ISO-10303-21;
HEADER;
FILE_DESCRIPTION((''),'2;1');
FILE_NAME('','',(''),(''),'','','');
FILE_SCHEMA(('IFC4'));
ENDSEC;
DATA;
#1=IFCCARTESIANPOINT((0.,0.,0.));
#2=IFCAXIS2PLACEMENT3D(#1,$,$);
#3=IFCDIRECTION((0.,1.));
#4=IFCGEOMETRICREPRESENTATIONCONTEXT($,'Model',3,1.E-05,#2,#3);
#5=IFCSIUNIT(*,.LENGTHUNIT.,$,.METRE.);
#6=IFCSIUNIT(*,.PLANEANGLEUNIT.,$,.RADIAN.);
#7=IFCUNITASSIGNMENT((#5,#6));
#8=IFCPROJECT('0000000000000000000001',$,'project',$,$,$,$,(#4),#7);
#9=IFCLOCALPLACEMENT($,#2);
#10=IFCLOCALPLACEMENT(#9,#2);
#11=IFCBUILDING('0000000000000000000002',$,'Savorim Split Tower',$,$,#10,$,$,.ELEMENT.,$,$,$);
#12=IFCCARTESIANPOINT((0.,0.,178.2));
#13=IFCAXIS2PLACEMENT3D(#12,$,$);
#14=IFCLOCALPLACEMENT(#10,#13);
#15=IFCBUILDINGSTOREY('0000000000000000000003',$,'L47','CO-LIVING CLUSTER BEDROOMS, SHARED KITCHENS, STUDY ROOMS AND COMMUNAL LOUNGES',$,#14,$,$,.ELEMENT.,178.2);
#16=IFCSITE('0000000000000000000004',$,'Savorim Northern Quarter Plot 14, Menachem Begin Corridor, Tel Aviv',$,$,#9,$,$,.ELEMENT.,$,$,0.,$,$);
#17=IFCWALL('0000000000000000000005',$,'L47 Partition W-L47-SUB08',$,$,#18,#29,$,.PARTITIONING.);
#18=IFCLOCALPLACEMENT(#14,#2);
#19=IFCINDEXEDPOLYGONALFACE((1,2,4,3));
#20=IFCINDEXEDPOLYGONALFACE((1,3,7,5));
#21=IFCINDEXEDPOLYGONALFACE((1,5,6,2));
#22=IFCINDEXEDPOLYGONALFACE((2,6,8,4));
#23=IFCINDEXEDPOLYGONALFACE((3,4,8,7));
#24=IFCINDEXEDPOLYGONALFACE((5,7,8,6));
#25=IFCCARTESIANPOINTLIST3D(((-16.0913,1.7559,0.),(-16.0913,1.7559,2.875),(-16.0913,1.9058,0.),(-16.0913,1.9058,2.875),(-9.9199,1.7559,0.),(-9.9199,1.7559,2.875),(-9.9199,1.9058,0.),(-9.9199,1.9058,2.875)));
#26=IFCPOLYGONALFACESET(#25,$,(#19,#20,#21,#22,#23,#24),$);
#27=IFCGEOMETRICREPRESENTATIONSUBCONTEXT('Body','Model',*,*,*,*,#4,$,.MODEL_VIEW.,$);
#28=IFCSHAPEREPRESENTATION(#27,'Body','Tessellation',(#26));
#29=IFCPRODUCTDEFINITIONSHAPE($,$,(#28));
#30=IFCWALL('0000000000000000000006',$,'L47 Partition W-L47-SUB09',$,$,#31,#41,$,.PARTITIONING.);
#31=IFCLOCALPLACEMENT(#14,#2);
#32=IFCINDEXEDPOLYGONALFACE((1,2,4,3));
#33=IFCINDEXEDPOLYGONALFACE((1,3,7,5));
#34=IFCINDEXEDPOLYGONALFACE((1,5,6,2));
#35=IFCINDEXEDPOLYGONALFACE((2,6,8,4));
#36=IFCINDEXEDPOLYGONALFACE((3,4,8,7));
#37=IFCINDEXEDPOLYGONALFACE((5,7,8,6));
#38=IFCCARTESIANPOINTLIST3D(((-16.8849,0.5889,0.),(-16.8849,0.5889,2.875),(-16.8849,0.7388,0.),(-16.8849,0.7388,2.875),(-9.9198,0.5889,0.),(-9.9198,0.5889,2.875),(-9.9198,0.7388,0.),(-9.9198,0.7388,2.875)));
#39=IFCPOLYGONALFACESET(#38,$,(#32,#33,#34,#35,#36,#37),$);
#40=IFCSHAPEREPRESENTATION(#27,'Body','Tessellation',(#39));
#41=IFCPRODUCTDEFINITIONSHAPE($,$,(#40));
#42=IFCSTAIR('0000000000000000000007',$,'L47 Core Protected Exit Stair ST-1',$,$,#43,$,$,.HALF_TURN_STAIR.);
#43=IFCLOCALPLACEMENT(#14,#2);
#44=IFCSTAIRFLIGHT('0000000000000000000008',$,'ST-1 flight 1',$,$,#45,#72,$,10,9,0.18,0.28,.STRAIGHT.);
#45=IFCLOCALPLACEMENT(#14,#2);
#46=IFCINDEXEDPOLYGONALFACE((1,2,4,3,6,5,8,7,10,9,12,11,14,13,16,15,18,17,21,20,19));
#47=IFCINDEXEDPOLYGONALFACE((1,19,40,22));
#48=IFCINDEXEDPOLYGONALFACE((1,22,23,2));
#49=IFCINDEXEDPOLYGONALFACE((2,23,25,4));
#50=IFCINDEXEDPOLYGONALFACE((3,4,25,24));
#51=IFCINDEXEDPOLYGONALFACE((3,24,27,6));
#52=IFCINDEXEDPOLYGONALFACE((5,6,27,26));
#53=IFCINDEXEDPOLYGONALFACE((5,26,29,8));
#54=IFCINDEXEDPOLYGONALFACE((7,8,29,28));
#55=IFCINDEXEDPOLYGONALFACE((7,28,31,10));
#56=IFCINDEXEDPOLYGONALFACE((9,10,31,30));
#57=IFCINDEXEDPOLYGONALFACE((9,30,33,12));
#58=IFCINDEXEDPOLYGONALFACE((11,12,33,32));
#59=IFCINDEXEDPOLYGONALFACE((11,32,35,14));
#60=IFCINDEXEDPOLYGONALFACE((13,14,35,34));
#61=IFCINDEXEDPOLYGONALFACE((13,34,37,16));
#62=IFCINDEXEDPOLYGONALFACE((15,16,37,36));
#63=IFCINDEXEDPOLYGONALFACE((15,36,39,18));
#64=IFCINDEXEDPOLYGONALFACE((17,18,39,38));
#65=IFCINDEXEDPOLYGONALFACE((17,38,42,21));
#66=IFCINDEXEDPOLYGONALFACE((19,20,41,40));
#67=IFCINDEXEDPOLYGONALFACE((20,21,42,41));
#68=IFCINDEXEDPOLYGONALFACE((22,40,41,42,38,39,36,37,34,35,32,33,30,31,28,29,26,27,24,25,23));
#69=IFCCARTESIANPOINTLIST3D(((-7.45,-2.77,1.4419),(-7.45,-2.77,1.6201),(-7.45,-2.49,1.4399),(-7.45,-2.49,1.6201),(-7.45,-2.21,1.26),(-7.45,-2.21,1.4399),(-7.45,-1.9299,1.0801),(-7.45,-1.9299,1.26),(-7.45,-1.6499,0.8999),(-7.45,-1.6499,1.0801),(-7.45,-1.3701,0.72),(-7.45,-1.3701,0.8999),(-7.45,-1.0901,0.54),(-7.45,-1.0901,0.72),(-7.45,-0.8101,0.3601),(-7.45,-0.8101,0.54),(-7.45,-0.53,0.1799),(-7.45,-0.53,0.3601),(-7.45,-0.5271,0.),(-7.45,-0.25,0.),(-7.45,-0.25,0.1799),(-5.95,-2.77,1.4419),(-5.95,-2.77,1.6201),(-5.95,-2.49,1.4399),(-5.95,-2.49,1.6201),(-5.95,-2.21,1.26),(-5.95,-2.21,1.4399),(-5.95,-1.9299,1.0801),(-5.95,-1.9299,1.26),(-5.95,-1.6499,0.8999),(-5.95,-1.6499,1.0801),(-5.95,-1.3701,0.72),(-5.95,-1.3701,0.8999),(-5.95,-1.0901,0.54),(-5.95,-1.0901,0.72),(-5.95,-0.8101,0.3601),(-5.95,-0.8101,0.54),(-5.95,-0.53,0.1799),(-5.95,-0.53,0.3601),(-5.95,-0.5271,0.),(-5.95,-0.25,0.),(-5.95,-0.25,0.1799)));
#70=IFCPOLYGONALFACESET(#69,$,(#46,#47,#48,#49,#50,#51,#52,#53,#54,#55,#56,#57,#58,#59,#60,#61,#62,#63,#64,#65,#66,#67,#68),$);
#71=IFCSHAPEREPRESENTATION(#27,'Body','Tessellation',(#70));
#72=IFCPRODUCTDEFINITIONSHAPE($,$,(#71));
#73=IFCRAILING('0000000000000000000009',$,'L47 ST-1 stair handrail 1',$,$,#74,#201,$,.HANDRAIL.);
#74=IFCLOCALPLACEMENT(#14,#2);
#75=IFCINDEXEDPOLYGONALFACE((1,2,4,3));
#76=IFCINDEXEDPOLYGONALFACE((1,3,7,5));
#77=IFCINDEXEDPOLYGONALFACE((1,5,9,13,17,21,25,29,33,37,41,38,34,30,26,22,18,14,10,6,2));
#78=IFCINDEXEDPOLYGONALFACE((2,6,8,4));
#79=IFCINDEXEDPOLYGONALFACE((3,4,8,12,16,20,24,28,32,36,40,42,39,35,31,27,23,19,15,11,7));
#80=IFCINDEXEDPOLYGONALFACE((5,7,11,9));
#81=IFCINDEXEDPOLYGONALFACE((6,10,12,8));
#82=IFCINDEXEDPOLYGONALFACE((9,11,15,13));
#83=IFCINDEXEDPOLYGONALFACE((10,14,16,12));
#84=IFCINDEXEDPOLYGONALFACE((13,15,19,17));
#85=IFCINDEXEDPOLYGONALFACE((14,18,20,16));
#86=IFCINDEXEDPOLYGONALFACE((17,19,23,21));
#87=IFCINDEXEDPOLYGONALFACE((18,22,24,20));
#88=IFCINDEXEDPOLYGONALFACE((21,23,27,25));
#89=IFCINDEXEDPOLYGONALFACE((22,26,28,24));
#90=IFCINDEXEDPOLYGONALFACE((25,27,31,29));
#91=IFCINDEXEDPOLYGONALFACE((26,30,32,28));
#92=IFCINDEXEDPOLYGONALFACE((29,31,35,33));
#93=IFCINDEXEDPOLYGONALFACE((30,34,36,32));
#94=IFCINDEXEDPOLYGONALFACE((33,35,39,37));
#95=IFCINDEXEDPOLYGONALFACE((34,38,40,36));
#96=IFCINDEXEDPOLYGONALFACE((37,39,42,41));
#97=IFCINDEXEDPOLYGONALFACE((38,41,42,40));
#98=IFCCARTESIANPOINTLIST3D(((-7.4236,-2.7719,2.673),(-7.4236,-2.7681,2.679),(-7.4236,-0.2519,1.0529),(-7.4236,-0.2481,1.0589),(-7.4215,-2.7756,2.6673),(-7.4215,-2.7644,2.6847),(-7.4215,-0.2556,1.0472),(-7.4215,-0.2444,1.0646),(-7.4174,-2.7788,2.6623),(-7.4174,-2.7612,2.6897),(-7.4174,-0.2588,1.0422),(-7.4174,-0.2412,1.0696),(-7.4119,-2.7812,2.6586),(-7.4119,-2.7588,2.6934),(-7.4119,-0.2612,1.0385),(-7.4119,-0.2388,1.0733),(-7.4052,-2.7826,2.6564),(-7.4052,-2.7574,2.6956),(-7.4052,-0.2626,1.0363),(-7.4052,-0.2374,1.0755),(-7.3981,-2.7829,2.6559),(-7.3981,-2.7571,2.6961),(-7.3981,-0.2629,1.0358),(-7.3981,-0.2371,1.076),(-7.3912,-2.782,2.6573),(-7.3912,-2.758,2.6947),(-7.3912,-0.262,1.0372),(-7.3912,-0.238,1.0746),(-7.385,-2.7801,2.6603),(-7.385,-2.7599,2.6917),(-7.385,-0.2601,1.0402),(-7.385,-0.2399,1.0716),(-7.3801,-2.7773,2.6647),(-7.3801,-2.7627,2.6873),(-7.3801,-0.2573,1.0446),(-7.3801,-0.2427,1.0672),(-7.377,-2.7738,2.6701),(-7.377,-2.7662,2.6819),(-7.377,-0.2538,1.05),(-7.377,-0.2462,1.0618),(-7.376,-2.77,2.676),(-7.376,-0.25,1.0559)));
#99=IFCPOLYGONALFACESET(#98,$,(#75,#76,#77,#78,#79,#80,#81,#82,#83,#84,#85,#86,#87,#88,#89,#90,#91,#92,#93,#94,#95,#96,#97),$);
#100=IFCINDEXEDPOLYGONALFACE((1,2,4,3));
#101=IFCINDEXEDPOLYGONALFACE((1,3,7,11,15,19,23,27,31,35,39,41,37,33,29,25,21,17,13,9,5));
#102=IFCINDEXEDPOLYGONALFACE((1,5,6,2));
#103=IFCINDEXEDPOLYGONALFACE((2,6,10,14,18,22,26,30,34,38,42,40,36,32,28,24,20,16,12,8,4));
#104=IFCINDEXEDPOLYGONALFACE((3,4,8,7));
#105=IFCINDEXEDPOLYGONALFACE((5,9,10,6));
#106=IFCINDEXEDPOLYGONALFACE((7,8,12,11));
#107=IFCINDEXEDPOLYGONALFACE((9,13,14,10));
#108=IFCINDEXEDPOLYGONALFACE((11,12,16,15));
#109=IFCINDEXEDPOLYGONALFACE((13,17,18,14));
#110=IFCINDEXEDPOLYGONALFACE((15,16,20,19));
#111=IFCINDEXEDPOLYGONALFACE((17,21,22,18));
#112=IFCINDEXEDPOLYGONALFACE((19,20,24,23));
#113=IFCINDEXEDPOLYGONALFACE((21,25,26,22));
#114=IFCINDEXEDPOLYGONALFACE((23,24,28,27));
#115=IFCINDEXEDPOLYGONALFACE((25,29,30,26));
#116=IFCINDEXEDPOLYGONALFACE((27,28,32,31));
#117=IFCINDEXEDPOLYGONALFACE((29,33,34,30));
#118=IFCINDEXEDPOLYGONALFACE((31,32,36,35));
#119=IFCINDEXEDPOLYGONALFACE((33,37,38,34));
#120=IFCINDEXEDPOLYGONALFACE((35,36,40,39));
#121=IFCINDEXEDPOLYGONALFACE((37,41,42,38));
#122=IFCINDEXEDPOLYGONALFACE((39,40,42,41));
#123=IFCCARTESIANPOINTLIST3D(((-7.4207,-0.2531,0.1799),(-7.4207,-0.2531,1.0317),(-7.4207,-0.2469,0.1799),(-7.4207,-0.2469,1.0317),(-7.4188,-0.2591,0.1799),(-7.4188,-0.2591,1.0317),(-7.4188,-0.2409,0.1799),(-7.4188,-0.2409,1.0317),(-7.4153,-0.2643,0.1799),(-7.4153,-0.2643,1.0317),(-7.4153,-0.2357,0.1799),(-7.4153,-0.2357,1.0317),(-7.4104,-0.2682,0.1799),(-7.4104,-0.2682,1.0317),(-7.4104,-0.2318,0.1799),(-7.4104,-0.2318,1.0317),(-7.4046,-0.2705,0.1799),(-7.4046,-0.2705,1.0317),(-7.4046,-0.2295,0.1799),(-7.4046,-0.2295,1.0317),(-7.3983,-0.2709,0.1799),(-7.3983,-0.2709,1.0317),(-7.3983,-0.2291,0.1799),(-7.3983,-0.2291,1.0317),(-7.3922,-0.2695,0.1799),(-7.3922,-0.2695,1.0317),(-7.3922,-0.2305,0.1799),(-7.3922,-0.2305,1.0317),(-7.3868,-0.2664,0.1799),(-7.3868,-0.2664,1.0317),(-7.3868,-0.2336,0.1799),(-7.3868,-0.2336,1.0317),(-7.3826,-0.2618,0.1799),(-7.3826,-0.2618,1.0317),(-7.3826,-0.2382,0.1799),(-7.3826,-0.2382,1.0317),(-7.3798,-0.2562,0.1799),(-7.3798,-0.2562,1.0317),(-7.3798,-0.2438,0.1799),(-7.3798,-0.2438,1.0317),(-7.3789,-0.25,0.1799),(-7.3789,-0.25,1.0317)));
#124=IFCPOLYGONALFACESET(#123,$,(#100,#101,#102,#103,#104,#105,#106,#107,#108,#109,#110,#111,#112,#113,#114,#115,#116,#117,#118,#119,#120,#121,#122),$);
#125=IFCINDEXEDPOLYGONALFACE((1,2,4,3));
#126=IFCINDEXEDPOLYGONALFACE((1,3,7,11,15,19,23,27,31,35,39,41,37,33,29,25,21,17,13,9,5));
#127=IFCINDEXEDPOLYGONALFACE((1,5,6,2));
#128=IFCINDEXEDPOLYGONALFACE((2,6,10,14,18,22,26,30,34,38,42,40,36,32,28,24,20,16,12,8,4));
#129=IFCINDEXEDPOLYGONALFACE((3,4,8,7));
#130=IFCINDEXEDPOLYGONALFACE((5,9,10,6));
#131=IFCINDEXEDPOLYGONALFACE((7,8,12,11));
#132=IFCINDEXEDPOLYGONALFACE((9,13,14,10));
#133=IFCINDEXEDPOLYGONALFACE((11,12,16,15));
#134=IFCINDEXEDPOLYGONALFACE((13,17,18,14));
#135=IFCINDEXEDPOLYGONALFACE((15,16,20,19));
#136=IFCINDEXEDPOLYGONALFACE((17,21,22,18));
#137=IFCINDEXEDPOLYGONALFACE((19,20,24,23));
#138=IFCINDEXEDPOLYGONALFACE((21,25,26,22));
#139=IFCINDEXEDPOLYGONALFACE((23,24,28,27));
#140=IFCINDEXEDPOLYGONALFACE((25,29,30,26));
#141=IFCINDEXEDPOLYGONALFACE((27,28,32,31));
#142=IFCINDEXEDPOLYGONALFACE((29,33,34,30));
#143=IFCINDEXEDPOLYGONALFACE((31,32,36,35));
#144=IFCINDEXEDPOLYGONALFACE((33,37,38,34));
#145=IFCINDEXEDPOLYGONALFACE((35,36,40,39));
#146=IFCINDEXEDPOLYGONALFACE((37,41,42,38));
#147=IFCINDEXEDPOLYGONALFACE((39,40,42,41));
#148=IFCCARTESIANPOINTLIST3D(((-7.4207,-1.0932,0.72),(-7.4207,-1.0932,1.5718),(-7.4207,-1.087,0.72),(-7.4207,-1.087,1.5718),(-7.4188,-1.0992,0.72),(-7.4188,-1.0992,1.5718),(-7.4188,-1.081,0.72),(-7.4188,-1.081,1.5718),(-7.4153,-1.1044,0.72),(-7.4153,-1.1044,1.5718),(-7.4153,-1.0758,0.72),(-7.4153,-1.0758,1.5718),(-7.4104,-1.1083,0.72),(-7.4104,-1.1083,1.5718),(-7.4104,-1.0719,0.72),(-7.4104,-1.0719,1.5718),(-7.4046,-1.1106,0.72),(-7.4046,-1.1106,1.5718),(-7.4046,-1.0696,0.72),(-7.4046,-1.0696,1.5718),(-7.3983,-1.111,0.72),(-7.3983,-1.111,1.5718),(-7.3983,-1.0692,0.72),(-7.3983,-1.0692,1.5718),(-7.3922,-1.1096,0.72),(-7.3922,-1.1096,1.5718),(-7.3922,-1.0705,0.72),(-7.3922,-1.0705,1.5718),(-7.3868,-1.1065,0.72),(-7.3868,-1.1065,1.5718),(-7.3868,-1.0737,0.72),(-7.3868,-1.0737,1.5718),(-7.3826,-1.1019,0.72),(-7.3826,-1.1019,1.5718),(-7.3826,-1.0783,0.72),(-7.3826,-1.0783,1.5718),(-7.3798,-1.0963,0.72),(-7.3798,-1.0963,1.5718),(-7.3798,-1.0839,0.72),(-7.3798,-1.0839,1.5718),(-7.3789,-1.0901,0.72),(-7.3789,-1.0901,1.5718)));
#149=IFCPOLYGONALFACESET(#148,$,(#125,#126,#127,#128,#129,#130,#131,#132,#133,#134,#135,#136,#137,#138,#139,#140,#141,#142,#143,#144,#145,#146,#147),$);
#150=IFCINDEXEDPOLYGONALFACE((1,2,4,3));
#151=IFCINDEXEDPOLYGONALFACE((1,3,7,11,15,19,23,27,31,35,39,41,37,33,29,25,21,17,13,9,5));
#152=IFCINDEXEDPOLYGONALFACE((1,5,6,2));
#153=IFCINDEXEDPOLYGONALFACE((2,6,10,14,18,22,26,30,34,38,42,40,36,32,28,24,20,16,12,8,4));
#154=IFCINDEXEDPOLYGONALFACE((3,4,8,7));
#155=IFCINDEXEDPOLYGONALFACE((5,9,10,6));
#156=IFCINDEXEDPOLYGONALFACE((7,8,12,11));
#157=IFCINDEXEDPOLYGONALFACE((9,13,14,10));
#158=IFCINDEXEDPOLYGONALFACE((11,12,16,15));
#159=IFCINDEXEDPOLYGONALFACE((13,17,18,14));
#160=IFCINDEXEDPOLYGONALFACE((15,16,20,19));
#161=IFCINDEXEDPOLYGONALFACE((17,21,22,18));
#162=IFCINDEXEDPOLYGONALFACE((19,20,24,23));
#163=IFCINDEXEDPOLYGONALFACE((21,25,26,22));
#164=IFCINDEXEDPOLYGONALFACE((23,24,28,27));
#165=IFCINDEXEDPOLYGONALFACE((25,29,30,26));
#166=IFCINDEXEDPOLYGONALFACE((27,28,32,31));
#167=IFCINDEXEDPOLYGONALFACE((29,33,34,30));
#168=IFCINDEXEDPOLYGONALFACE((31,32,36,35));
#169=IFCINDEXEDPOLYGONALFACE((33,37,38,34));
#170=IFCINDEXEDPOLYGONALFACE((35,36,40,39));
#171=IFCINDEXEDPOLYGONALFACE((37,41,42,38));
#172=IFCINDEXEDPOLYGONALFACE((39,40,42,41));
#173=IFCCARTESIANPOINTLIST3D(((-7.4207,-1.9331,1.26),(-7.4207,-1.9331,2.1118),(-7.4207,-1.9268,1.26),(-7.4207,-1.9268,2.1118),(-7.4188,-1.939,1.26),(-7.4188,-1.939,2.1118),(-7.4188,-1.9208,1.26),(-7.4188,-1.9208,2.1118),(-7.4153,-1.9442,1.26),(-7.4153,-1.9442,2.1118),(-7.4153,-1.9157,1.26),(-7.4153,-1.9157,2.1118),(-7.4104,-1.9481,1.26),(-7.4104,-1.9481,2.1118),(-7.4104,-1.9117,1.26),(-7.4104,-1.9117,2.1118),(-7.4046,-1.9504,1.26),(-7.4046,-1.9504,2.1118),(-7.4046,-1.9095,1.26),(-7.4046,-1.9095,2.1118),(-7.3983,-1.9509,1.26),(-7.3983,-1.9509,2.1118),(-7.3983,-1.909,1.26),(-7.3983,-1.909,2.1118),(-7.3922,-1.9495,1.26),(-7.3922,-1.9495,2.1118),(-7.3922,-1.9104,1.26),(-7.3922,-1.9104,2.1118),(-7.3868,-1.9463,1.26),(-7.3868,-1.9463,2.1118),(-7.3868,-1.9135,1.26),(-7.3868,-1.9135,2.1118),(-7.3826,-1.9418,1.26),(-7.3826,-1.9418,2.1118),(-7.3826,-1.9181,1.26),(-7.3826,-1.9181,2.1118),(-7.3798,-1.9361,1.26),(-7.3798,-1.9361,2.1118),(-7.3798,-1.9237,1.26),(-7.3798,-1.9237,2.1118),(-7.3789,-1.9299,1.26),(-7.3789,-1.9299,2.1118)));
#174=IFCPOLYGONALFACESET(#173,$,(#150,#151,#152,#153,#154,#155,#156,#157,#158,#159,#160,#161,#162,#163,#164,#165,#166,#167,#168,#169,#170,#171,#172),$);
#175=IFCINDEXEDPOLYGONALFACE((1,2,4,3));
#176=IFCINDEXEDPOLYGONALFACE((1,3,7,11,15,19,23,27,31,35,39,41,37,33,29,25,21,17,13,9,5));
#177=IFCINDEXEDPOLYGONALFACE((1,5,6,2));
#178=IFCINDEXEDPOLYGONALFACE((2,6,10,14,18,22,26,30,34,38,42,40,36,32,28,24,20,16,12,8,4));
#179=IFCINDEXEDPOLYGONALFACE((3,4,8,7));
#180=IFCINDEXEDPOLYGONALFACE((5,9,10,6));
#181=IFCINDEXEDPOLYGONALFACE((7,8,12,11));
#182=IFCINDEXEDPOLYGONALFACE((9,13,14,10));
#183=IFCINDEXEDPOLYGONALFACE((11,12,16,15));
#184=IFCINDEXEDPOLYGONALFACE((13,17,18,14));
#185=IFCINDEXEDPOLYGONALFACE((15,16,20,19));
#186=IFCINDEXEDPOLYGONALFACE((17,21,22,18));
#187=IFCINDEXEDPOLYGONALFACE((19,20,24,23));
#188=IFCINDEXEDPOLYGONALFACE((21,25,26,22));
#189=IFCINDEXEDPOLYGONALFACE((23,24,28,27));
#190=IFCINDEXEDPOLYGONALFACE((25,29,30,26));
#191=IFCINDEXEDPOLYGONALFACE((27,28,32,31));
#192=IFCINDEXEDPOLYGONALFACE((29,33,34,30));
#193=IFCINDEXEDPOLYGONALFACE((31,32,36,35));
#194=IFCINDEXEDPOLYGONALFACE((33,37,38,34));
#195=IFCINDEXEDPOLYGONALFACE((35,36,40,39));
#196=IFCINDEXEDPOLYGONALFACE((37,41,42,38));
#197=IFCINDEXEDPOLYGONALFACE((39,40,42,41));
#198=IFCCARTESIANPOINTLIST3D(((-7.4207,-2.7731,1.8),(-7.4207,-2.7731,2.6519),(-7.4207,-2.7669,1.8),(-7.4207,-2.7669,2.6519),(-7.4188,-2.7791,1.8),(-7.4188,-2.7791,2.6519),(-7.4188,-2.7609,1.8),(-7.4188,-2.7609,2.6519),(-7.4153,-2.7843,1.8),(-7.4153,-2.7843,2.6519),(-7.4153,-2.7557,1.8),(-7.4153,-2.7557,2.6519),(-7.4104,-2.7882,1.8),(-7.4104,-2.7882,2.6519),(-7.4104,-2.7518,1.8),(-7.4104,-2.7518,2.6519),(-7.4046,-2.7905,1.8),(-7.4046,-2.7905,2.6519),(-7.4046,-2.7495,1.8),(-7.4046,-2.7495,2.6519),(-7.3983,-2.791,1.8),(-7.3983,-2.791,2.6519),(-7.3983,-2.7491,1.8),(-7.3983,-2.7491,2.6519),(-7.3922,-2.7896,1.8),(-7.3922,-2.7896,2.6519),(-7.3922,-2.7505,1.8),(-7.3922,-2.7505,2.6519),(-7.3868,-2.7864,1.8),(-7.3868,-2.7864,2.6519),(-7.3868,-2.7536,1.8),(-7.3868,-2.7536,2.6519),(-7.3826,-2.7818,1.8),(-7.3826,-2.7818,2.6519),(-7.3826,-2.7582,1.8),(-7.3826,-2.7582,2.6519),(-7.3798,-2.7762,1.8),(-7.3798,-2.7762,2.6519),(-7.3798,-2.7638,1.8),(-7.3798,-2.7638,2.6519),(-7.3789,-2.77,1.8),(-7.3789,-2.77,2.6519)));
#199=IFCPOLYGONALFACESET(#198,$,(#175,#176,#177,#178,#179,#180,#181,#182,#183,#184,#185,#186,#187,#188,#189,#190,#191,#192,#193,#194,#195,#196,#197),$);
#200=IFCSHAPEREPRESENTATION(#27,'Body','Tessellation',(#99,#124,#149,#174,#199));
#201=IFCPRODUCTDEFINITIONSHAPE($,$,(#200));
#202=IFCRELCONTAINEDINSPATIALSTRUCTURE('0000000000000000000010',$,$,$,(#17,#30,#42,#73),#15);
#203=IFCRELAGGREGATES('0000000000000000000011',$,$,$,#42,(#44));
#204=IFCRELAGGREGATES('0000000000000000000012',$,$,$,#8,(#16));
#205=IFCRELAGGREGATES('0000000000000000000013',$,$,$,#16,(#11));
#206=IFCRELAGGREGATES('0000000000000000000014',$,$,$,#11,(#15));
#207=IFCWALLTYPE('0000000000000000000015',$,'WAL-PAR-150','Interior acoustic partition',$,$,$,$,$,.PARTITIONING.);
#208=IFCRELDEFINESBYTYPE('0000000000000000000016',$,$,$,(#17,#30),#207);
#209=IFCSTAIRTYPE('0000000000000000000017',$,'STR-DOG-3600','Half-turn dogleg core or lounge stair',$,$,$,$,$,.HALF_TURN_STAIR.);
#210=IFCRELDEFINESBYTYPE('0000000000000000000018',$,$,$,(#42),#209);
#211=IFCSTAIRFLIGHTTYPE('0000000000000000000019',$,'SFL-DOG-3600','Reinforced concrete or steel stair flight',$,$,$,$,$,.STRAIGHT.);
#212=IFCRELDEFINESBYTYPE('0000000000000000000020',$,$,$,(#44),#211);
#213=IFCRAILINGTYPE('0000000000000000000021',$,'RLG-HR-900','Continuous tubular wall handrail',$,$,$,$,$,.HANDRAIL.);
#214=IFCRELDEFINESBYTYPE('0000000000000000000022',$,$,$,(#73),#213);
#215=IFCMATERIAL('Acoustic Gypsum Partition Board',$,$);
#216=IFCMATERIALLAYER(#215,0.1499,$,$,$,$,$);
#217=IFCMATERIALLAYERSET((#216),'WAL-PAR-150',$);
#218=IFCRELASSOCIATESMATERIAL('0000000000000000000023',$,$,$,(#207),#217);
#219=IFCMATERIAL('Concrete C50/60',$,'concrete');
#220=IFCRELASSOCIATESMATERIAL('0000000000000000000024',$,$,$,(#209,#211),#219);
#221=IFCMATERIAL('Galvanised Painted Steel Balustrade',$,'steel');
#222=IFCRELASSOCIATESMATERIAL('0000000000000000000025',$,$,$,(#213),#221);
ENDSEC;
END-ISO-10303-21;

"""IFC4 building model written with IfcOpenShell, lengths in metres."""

from ifc_helpers import new_model, si_unit, direction, frame, frame_2d, origin, origin_2d, place, context, subcontext, project, spatial, polyline, rectangle, circle, outline, extrude, material, layer, layer_set, type_object, element, aggregate, save


model = new_model("IFC4")

# Units and contexts
model_context = context("Model", 3, precision=1e-05, world=origin(), true_north=direction((0.0, 1.0)))
body_context = subcontext(model_context, "Body", "Model", "MODEL_VIEW")
ifc_project = project(units=[si_unit("LENGTHUNIT", "METRE"), si_unit("PLANEANGLEUNIT", "RADIAN")], contexts=[model_context])

# Site, building, storey
site_placement = place(None, origin())
site = spatial("IfcSite", under=ifc_project, at=site_placement, Name="Savorim Northern Quarter Plot 14, Menachem Begin Corridor, Tel Aviv", CompositionType="ELEMENT", RefElevation=0.0)
building_placement = place(site_placement, origin())
building = spatial("IfcBuilding", under=site, at=building_placement, Name="Savorim Split Tower", CompositionType="ELEMENT")
storey_placement = place(building_placement, frame((0.0, 0.0, 178.2)))
storey = spatial("IfcBuildingStorey", under=building, at=storey_placement, Name="L47", Description="CO-LIVING CLUSTER BEDROOMS, SHARED KITCHENS, STUDY ROOMS AND COMMUNAL LOUNGES", CompositionType="ELEMENT", Elevation=178.2)

# Shared definitions
ifc_material_1 = material(Name="Concrete C50/60", Category="concrete")

# Walls
ifc_material_2 = material(Name="Acoustic Gypsum Partition Board")
ifc_layer_1 = layer(ifc_material_2, 0.1499)
ifc_layer_set_1 = layer_set([ifc_layer_1], Name="WAL-PAR-150")
wall_type_1 = type_object("IfcWallType", Name="WAL-PAR-150", Description="Interior acoustic partition", PredefinedType="PARTITIONING", material=ifc_layer_set_1)
wall_1_placement = place(storey_placement, frame((-9.9199, 1.8308, 0.0), z_axis=(0.0, 0.0, 1.0), x_axis=(-1.0, 0.0, 0.0)))
element("IfcWall", 1, at=wall_1_placement, inside=storey, type_object=wall_type_1, Name="L47 Partition W-L47-SUB08", PredefinedType="PARTITIONING", context=body_context, shape_type="SweptSolid", body=[
    extrude(rectangle(XDim=6.1714, YDim=0.1499, at=frame_2d((3.0857, 0.0))), origin(), (0.0, 0.0, 1.0), 2.875),
])
wall_2_placement = place(storey_placement, frame((-9.9199, 0.6638, 0.0), z_axis=(0.0, 0.0, 1.0), x_axis=(-1.0, 0.0, 0.0)))
element("IfcWall", 2, at=wall_2_placement, inside=storey, type_object=wall_type_1, Name="L47 Partition W-L47-SUB09", PredefinedType="PARTITIONING", context=body_context, shape_type="SweptSolid", body=[
    extrude(rectangle(XDim=6.9651, YDim=0.1499, at=frame_2d((3.4824, 0.0))), origin(), (0.0, 0.0, 1.0), 2.875),
])

# Stair, stair flight
stair_type = type_object("IfcStairType", Name="STR-DOG-3600", Description="Half-turn dogleg core or lounge stair", PredefinedType="HALF_TURN_STAIR", material=ifc_material_1)
stair_placement = place(storey_placement, origin())
stair = element("IfcStair", 3, at=stair_placement, inside=storey, type_object=stair_type, Name="L47 Core Protected Exit Stair ST-1", PredefinedType="HALF_TURN_STAIR")
stair_flight_type = type_object("IfcStairFlightType", Name="SFL-DOG-3600", Description="Reinforced concrete or steel stair flight", PredefinedType="STRAIGHT", material=ifc_material_1)
stair_flight_placement = place(storey_placement, frame((-6.7, -0.25, 0.0), z_axis=(0.0, 0.0, 1.0), x_axis=(0.0, -1.0, 0.0)))
stair_flight = element("IfcStairFlight", 4, at=stair_flight_placement, type_object=stair_flight_type, Name="ST-1 flight 1", NumberOfRisers=10, NumberOfTreads=9, PredefinedType="STRAIGHT", RiserHeight=0.18, TreadLength=0.28, context=body_context, shape_type="SweptSolid", body=[
    extrude(outline(polyline([(0.0, 0.0), (0.0, 0.1799), (0.28, 0.1799), (0.28, 0.3601), (0.5601, 0.3601), (0.5601, 0.54), (0.8401, 0.54), (0.8401, 0.72), (1.1201, 0.72), (1.1201, 0.8999), (1.3999, 0.8999), (1.3999, 1.0801), (1.6799, 1.0801), (1.6799, 1.26), (1.96, 1.26), (1.96, 1.4399), (2.24, 1.4399), (2.24, 1.6201), (2.52, 1.6201), (2.52, 1.8), (2.52, 1.4419), (0.2771, 0.0), (0.0, 0.0)])), frame((0.0, 0.75, 0.0), z_axis=(0.0, -1.0, 0.0), x_axis=(1.0, 0.0, 0.0)), (0.0, 0.0, 1.0), 1.5),
])
aggregate(stair, [stair_flight])

# Railing
ifc_material_3 = material(Name="Galvanised Painted Steel Balustrade", Category="steel")
railing_type_1 = type_object("IfcRailingType", Name="RLG-HR-900", Description="Continuous tubular wall handrail", PredefinedType="HANDRAIL", material=ifc_material_3)
railing_1_placement = place(storey_placement, frame((-7.3999, -0.25, 0.1799)))
element("IfcRailing", 5, at=railing_1_placement, inside=storey, type_object=railing_type_1, Name="L47 ST-1 stair handrail 1", PredefinedType="HANDRAIL", context=body_context, shape_type="SweptSolid", body=[
    extrude(circle(Radius=0.0239, at=origin_2d()), frame((0.0, 0.0, 0.876), z_axis=(0.0, -0.841163, 0.540782), x_axis=(1.0, 0.0, 0.0)), (0.0, 0.0, 1.0), 2.9958),
    extrude(circle(Radius=0.021, at=origin_2d()), origin(), (0.0, 0.0, 1.0), 0.8518),
    extrude(circle(Radius=0.021, at=origin_2d()), frame((0.0, -0.8401, 0.54)), (0.0, 0.0, 1.0), 0.8518),
    extrude(circle(Radius=0.021, at=origin_2d()), frame((0.0, -1.6799, 1.0801)), (0.0, 0.0, 1.0), 0.8518),
    extrude(circle(Radius=0.021, at=origin_2d()), frame((0.0, -2.52, 1.6201)), (0.0, 0.0, 1.0), 0.8518),
])

save(model, "model.ifc")
